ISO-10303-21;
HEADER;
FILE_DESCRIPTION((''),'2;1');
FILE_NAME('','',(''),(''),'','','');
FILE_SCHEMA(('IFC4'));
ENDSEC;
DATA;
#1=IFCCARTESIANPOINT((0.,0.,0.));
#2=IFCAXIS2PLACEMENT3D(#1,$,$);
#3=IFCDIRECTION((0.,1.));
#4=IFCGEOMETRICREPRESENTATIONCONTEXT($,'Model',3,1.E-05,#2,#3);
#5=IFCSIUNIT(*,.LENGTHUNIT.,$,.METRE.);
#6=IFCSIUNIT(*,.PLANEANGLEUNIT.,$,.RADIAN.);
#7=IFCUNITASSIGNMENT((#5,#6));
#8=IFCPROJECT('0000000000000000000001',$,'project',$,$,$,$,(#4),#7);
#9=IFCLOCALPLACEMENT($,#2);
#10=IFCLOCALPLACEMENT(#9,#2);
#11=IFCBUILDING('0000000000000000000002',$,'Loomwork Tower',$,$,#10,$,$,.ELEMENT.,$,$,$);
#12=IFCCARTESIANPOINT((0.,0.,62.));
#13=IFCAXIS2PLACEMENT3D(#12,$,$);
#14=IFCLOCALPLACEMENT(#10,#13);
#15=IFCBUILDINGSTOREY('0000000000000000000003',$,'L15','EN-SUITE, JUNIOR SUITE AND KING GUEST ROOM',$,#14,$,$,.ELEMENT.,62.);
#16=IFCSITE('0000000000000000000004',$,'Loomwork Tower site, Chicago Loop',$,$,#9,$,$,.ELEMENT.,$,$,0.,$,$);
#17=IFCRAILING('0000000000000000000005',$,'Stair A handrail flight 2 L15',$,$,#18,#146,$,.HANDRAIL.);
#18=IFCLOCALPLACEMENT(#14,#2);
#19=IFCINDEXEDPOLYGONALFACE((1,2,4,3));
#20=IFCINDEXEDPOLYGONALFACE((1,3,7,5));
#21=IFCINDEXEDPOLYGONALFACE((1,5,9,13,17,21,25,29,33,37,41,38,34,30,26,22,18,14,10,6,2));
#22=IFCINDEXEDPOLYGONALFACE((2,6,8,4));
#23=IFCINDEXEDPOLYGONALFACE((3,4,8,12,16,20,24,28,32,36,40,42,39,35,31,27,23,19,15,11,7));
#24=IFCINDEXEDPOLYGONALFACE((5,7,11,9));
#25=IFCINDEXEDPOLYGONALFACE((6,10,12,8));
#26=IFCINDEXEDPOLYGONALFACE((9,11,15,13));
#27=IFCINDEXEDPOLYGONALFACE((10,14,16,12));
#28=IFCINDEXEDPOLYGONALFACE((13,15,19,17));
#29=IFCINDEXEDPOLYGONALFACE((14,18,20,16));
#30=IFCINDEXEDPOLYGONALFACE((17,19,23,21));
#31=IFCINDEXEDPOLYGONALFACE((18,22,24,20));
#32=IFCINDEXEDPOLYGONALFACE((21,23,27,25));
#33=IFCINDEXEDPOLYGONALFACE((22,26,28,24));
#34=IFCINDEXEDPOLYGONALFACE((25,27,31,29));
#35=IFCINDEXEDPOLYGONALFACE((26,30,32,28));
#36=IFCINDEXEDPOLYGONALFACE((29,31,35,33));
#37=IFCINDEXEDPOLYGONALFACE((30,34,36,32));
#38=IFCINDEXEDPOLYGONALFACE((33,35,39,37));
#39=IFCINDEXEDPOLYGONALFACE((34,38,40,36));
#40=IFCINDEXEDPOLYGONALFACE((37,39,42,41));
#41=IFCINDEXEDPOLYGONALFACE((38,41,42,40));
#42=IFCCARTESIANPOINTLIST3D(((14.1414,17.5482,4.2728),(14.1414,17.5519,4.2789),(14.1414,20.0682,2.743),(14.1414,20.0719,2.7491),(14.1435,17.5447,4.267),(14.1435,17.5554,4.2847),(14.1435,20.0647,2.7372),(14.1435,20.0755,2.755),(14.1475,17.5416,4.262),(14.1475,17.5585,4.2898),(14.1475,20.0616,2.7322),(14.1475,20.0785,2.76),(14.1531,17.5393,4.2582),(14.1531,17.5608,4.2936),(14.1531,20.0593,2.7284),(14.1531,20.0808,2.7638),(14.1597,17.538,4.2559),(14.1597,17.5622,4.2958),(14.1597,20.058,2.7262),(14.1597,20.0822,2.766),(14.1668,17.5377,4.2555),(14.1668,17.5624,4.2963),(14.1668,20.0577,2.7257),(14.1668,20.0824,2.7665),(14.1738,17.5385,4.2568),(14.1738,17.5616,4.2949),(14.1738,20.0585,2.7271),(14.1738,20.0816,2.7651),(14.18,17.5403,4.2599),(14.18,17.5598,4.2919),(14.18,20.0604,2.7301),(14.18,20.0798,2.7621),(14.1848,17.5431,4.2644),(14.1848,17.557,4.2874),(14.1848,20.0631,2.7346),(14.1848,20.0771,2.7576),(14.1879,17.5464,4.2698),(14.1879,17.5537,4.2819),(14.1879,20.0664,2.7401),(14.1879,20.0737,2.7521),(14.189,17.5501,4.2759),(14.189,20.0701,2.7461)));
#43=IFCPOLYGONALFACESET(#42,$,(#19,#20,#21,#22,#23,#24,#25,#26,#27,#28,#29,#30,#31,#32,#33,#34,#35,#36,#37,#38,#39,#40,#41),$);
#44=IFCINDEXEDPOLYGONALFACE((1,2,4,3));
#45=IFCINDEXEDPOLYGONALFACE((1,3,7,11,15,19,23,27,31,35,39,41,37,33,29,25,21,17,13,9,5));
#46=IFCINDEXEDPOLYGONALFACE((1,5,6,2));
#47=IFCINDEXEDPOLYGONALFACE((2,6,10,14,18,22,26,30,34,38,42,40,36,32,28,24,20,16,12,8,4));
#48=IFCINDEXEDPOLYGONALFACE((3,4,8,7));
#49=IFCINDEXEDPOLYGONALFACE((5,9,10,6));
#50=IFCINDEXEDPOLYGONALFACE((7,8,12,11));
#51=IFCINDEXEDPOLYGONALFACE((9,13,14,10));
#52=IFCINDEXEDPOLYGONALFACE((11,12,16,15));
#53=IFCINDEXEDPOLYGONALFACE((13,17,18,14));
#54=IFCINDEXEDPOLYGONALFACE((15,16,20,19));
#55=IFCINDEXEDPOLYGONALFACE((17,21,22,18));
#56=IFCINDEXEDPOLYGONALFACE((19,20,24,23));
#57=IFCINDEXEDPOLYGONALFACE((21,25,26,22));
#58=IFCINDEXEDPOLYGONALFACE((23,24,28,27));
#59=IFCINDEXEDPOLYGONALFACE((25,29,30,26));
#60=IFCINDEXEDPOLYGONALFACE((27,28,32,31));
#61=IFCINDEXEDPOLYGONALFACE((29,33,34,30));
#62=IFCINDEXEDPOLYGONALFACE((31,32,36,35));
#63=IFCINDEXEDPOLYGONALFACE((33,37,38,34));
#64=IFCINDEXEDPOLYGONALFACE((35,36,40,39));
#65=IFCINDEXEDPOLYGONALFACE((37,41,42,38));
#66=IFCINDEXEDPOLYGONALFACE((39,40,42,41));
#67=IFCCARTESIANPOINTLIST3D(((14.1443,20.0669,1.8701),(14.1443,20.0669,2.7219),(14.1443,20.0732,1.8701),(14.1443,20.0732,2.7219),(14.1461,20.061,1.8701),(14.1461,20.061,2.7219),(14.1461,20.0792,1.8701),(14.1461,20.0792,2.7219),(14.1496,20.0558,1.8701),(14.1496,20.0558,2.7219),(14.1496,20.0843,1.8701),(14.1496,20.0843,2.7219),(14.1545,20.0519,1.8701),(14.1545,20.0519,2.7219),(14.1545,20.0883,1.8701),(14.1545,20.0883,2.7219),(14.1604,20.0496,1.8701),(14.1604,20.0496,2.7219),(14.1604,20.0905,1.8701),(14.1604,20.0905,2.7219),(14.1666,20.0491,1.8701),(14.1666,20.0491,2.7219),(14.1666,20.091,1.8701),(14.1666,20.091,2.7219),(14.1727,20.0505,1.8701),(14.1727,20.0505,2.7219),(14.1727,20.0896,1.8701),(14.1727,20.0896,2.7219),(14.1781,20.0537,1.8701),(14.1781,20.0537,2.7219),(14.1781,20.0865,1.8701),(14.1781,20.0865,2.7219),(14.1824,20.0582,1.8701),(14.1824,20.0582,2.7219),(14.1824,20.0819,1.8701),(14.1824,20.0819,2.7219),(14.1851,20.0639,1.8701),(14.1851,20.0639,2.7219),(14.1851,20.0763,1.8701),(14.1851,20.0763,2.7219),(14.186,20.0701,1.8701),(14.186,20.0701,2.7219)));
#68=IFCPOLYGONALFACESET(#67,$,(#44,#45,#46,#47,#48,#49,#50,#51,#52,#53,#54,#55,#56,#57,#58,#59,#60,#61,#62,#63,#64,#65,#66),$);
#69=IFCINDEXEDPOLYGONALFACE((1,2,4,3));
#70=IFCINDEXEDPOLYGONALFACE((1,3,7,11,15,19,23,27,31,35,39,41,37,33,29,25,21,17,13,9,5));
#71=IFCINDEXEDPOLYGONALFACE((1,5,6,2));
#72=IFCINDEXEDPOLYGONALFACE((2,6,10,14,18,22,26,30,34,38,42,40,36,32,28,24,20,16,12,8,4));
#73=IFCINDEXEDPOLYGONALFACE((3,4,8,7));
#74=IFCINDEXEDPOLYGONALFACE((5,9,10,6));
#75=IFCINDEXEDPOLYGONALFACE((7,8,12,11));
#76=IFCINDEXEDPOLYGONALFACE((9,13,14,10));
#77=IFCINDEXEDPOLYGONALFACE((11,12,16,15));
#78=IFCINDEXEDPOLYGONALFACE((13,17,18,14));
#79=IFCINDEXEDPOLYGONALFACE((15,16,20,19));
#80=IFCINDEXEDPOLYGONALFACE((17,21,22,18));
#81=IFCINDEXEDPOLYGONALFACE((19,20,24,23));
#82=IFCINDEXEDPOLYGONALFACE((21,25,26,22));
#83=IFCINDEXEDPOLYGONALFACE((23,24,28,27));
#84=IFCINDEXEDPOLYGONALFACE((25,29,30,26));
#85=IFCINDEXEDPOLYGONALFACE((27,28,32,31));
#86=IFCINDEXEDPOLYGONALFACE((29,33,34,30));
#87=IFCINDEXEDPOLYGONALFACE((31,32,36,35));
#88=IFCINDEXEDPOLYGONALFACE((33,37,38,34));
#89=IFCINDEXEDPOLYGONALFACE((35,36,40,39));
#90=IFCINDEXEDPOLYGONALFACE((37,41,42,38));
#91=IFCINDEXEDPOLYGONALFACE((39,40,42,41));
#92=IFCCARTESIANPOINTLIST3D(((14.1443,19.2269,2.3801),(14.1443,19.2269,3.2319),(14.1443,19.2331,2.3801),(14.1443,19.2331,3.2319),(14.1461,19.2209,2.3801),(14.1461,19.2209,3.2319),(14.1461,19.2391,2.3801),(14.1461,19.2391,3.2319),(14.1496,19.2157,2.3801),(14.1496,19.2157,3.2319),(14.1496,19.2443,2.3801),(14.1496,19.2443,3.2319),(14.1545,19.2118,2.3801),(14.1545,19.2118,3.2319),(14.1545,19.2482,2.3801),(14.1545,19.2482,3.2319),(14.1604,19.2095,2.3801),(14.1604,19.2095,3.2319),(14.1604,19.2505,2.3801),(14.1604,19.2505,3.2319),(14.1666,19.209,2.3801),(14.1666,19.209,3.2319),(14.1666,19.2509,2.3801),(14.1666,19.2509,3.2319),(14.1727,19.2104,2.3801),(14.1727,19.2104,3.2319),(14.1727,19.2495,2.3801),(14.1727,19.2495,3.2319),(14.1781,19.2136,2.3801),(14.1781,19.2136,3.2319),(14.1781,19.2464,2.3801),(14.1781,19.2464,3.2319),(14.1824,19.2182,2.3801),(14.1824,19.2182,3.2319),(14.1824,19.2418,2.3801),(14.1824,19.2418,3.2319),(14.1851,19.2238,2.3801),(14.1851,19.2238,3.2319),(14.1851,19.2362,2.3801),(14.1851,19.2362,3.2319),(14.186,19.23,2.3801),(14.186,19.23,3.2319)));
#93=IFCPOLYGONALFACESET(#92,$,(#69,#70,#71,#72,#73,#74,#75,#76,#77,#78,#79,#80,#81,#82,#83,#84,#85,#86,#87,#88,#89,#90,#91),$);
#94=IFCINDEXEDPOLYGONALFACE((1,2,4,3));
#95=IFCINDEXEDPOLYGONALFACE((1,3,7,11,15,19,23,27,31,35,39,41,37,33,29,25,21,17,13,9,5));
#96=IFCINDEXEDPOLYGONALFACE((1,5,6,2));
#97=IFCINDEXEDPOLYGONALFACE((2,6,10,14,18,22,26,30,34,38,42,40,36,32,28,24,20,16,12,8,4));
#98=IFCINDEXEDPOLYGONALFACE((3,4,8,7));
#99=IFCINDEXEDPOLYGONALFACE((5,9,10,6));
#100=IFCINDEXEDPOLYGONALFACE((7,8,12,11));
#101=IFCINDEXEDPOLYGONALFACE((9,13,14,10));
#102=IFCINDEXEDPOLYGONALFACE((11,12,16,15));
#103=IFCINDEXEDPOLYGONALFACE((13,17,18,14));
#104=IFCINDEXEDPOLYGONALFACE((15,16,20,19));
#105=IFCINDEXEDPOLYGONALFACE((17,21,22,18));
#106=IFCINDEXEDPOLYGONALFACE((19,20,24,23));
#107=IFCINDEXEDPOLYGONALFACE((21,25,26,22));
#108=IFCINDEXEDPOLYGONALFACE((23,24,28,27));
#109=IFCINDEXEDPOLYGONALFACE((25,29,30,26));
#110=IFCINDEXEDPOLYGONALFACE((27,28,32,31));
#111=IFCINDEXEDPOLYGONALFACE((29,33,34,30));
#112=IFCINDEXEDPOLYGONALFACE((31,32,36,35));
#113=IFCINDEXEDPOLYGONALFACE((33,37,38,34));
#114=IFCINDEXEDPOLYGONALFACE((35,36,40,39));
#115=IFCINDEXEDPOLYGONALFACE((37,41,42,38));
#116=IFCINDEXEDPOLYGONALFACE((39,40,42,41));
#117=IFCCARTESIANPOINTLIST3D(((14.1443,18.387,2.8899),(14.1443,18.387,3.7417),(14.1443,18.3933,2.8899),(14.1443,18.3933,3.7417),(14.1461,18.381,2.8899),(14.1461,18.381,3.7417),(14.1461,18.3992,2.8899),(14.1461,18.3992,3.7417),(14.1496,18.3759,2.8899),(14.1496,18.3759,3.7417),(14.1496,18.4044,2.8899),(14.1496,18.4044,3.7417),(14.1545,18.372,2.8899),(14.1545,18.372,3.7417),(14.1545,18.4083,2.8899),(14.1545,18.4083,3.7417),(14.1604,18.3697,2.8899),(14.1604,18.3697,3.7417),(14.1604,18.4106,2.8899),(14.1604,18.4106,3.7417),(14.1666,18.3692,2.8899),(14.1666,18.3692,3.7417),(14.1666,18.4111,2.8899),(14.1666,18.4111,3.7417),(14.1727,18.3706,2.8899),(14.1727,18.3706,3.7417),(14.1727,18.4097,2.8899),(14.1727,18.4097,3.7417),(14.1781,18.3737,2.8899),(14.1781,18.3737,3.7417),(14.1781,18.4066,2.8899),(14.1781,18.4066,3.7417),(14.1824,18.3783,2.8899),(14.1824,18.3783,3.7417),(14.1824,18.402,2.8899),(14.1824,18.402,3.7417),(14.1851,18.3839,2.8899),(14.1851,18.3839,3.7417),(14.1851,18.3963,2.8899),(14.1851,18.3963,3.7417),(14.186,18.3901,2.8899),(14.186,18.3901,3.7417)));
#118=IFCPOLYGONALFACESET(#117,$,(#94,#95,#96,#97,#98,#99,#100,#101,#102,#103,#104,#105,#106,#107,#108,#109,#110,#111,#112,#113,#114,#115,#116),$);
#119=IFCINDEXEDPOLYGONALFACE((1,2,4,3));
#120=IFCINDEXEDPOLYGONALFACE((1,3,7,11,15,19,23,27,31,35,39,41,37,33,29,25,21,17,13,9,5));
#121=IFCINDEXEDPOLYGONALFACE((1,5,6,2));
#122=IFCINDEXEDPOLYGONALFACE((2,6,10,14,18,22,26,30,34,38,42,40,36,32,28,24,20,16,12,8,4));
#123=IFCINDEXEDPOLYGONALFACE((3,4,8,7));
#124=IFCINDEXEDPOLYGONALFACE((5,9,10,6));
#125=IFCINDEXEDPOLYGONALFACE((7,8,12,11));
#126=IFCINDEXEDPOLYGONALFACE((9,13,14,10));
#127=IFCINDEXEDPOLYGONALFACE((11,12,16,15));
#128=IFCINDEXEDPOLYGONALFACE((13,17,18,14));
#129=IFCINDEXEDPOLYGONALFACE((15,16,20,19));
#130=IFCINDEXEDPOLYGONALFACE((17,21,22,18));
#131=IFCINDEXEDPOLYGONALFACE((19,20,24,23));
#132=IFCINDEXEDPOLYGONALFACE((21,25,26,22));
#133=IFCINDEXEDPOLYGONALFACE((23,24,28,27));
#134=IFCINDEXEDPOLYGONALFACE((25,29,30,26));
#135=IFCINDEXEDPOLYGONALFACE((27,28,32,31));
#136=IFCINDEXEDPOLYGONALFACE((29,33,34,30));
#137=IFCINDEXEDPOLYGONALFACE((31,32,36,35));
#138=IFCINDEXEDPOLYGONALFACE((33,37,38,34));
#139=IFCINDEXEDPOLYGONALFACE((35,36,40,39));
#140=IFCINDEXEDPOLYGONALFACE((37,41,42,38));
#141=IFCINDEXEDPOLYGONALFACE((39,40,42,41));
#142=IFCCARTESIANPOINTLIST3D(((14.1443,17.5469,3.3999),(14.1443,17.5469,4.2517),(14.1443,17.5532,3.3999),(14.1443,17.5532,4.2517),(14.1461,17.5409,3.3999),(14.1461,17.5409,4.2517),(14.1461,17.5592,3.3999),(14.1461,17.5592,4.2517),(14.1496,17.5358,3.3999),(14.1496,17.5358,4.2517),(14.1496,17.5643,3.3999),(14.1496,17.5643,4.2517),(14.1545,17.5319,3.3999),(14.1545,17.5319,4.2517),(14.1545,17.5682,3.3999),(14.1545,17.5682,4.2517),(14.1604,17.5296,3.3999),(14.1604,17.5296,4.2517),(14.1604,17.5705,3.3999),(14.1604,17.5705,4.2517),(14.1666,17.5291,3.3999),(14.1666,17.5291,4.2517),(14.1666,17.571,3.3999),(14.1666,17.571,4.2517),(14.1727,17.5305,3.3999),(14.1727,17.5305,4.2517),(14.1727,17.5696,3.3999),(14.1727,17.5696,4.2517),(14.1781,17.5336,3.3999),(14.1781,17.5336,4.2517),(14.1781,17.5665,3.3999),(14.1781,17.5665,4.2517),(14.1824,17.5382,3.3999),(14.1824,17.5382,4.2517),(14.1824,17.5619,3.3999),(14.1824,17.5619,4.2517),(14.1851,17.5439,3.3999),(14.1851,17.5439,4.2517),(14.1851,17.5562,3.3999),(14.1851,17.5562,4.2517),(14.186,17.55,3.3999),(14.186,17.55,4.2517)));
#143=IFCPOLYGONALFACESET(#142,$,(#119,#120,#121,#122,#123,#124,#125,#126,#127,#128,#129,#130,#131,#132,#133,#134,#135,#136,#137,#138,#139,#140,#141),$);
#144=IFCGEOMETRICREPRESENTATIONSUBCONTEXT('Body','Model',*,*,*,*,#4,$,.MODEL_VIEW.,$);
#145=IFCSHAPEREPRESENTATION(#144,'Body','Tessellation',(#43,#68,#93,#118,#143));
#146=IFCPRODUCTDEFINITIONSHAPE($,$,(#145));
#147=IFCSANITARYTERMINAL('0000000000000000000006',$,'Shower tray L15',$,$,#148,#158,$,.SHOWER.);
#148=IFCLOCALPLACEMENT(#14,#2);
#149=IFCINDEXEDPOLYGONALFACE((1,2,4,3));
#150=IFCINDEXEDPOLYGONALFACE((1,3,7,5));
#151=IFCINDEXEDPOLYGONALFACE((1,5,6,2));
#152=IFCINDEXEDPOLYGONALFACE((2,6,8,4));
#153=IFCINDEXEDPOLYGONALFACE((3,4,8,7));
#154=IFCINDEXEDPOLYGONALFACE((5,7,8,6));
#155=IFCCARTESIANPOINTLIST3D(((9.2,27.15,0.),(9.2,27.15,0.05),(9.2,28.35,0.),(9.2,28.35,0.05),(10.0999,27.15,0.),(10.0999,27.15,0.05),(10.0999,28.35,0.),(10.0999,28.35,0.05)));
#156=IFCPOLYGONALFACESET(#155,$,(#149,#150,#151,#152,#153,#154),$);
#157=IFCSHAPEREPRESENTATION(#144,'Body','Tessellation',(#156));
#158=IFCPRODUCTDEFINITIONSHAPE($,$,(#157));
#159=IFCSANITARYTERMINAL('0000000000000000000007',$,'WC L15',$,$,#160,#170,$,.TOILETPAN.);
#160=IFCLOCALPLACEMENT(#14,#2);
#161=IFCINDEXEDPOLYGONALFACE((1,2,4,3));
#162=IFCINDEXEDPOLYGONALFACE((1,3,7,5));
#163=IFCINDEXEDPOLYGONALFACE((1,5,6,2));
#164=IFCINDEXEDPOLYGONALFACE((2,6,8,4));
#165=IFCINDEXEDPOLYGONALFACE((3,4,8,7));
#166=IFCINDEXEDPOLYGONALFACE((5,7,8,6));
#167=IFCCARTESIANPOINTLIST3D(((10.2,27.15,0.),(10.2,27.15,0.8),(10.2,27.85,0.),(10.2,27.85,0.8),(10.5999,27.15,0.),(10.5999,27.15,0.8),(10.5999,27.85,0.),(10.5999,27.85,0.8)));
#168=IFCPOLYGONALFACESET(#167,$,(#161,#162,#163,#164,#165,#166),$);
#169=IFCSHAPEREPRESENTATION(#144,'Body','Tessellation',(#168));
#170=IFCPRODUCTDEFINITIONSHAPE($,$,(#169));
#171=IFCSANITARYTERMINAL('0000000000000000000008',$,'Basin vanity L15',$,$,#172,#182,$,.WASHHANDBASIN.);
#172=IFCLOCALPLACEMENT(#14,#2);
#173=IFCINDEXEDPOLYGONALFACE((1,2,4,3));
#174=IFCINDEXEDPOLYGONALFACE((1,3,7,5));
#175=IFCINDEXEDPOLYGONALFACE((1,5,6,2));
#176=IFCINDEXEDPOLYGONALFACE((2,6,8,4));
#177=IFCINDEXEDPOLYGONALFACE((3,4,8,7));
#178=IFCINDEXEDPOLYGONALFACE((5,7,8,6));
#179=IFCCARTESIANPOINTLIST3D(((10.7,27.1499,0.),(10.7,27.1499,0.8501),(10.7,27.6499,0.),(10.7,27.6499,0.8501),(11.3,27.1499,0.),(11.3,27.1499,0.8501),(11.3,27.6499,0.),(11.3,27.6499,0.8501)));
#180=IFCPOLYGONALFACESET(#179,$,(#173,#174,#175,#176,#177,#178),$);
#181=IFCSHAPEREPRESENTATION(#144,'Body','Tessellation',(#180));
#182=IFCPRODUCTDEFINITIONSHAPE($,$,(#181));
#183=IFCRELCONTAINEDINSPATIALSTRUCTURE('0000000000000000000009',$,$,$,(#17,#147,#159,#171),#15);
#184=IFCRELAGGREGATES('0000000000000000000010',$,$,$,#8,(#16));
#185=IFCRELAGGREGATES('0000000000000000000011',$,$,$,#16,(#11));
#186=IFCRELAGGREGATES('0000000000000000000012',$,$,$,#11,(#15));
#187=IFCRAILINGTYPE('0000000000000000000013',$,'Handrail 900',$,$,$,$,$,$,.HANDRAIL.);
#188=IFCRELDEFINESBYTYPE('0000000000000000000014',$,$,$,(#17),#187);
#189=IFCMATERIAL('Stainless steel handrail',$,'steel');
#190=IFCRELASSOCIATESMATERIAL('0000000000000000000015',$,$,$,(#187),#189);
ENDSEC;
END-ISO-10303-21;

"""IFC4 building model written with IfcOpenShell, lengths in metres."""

from ifc_helpers import new_model, si_unit, direction, frame, origin, origin_2d, place, context, subcontext, project, spatial, rectangle, circle, extrude, material, type_object, element, save


model = new_model("IFC4")

# Units and contexts
model_context = context("Model", 3, precision=1e-05, world=origin(), true_north=direction((0.0, 1.0)))
body_context = subcontext(model_context, "Body", "Model", "MODEL_VIEW")
ifc_project = project(units=[si_unit("LENGTHUNIT", "METRE"), si_unit("PLANEANGLEUNIT", "RADIAN")], contexts=[model_context])

# Site, building, storey
site_placement = place(None, origin())
site = spatial("IfcSite", under=ifc_project, at=site_placement, Name="Loomwork Tower site, Chicago Loop", CompositionType="ELEMENT", RefElevation=0.0)
building_placement = place(site_placement, origin())
building = spatial("IfcBuilding", under=site, at=building_placement, Name="Loomwork Tower", CompositionType="ELEMENT")
storey_placement = place(building_placement, frame((0.0, 0.0, 62.0)))
storey = spatial("IfcBuildingStorey", under=building, at=storey_placement, Name="L15", Description="EN-SUITE, JUNIOR SUITE AND KING GUEST ROOM", CompositionType="ELEMENT", Elevation=62.0)

# Railing
ifc_material_1 = material(Name="Stainless steel handrail", Category="steel")
railing_type = type_object("IfcRailingType", Name="Handrail 900", PredefinedType="HANDRAIL", material=ifc_material_1)
railing_1_placement = place(storey_placement, frame((14.165, 20.0701, 1.8701)))
element("IfcRailing", 1, at=railing_1_placement, inside=storey, type_object=railing_type, Name="Stair A handrail flight 2 L15", PredefinedType="HANDRAIL", context=body_context, shape_type="SweptSolid", body=[
    extrude(circle(Radius=0.0239, at=origin_2d()), frame((0.0, 0.0, 0.876), z_axis=(0.0, -0.854822, 0.518922), x_axis=(1.0, 0.0, 0.0)), (0.0, 0.0, 1.0), 2.948),
    extrude(circle(Radius=0.021, at=origin_2d()), origin(), (0.0, 0.0, 1.0), 0.8518),
    extrude(circle(Radius=0.021, at=origin_2d()), frame((0.0, -0.8401, 0.51)), (0.0, 0.0, 1.0), 0.8518),
    extrude(circle(Radius=0.021, at=origin_2d()), frame((0.0, -1.6799, 1.0198)), (0.0, 0.0, 1.0), 0.8518),
    extrude(circle(Radius=0.021, at=origin_2d()), frame((0.0, -2.52, 1.5298)), (0.0, 0.0, 1.0), 0.8518),
])

# Sanitary terminals
sanitary_terminal_1_placement = place(storey_placement, frame((9.6499, 27.75, 0.0), z_axis=(0.0, 0.0, 1.0), x_axis=(1.0, 0.0, 0.0)))
element("IfcSanitaryTerminal", 2, at=sanitary_terminal_1_placement, inside=storey, Name="Shower tray L15", PredefinedType="SHOWER", context=body_context, shape_type="SweptSolid", body=[
    extrude(rectangle(XDim=0.8999, YDim=1.2, at=origin_2d()), origin(), (0.0, 0.0, 1.0), 0.05),
])
sanitary_terminal_2_placement = place(storey_placement, frame((10.3999, 27.5, 0.0), z_axis=(0.0, 0.0, 1.0), x_axis=(1.0, 0.0, 0.0)))
element("IfcSanitaryTerminal", 3, at=sanitary_terminal_2_placement, inside=storey, Name="WC L15", PredefinedType="TOILETPAN", context=body_context, shape_type="SweptSolid", body=[
    extrude(rectangle(XDim=0.3999, YDim=0.7, at=origin_2d()), origin(), (0.0, 0.0, 1.0), 0.8),
])
sanitary_terminal_3_placement = place(storey_placement, frame((11.0, 27.3999, 0.0), z_axis=(0.0, 0.0, 1.0), x_axis=(1.0, 0.0, 0.0)))
element("IfcSanitaryTerminal", 4, at=sanitary_terminal_3_placement, inside=storey, Name="Basin vanity L15", PredefinedType="WASHHANDBASIN", context=body_context, shape_type="SweptSolid", body=[
    extrude(rectangle(XDim=0.6001, YDim=0.5, at=origin_2d()), origin(), (0.0, 0.0, 1.0), 0.8501),
])

save(model, "model.ifc")
